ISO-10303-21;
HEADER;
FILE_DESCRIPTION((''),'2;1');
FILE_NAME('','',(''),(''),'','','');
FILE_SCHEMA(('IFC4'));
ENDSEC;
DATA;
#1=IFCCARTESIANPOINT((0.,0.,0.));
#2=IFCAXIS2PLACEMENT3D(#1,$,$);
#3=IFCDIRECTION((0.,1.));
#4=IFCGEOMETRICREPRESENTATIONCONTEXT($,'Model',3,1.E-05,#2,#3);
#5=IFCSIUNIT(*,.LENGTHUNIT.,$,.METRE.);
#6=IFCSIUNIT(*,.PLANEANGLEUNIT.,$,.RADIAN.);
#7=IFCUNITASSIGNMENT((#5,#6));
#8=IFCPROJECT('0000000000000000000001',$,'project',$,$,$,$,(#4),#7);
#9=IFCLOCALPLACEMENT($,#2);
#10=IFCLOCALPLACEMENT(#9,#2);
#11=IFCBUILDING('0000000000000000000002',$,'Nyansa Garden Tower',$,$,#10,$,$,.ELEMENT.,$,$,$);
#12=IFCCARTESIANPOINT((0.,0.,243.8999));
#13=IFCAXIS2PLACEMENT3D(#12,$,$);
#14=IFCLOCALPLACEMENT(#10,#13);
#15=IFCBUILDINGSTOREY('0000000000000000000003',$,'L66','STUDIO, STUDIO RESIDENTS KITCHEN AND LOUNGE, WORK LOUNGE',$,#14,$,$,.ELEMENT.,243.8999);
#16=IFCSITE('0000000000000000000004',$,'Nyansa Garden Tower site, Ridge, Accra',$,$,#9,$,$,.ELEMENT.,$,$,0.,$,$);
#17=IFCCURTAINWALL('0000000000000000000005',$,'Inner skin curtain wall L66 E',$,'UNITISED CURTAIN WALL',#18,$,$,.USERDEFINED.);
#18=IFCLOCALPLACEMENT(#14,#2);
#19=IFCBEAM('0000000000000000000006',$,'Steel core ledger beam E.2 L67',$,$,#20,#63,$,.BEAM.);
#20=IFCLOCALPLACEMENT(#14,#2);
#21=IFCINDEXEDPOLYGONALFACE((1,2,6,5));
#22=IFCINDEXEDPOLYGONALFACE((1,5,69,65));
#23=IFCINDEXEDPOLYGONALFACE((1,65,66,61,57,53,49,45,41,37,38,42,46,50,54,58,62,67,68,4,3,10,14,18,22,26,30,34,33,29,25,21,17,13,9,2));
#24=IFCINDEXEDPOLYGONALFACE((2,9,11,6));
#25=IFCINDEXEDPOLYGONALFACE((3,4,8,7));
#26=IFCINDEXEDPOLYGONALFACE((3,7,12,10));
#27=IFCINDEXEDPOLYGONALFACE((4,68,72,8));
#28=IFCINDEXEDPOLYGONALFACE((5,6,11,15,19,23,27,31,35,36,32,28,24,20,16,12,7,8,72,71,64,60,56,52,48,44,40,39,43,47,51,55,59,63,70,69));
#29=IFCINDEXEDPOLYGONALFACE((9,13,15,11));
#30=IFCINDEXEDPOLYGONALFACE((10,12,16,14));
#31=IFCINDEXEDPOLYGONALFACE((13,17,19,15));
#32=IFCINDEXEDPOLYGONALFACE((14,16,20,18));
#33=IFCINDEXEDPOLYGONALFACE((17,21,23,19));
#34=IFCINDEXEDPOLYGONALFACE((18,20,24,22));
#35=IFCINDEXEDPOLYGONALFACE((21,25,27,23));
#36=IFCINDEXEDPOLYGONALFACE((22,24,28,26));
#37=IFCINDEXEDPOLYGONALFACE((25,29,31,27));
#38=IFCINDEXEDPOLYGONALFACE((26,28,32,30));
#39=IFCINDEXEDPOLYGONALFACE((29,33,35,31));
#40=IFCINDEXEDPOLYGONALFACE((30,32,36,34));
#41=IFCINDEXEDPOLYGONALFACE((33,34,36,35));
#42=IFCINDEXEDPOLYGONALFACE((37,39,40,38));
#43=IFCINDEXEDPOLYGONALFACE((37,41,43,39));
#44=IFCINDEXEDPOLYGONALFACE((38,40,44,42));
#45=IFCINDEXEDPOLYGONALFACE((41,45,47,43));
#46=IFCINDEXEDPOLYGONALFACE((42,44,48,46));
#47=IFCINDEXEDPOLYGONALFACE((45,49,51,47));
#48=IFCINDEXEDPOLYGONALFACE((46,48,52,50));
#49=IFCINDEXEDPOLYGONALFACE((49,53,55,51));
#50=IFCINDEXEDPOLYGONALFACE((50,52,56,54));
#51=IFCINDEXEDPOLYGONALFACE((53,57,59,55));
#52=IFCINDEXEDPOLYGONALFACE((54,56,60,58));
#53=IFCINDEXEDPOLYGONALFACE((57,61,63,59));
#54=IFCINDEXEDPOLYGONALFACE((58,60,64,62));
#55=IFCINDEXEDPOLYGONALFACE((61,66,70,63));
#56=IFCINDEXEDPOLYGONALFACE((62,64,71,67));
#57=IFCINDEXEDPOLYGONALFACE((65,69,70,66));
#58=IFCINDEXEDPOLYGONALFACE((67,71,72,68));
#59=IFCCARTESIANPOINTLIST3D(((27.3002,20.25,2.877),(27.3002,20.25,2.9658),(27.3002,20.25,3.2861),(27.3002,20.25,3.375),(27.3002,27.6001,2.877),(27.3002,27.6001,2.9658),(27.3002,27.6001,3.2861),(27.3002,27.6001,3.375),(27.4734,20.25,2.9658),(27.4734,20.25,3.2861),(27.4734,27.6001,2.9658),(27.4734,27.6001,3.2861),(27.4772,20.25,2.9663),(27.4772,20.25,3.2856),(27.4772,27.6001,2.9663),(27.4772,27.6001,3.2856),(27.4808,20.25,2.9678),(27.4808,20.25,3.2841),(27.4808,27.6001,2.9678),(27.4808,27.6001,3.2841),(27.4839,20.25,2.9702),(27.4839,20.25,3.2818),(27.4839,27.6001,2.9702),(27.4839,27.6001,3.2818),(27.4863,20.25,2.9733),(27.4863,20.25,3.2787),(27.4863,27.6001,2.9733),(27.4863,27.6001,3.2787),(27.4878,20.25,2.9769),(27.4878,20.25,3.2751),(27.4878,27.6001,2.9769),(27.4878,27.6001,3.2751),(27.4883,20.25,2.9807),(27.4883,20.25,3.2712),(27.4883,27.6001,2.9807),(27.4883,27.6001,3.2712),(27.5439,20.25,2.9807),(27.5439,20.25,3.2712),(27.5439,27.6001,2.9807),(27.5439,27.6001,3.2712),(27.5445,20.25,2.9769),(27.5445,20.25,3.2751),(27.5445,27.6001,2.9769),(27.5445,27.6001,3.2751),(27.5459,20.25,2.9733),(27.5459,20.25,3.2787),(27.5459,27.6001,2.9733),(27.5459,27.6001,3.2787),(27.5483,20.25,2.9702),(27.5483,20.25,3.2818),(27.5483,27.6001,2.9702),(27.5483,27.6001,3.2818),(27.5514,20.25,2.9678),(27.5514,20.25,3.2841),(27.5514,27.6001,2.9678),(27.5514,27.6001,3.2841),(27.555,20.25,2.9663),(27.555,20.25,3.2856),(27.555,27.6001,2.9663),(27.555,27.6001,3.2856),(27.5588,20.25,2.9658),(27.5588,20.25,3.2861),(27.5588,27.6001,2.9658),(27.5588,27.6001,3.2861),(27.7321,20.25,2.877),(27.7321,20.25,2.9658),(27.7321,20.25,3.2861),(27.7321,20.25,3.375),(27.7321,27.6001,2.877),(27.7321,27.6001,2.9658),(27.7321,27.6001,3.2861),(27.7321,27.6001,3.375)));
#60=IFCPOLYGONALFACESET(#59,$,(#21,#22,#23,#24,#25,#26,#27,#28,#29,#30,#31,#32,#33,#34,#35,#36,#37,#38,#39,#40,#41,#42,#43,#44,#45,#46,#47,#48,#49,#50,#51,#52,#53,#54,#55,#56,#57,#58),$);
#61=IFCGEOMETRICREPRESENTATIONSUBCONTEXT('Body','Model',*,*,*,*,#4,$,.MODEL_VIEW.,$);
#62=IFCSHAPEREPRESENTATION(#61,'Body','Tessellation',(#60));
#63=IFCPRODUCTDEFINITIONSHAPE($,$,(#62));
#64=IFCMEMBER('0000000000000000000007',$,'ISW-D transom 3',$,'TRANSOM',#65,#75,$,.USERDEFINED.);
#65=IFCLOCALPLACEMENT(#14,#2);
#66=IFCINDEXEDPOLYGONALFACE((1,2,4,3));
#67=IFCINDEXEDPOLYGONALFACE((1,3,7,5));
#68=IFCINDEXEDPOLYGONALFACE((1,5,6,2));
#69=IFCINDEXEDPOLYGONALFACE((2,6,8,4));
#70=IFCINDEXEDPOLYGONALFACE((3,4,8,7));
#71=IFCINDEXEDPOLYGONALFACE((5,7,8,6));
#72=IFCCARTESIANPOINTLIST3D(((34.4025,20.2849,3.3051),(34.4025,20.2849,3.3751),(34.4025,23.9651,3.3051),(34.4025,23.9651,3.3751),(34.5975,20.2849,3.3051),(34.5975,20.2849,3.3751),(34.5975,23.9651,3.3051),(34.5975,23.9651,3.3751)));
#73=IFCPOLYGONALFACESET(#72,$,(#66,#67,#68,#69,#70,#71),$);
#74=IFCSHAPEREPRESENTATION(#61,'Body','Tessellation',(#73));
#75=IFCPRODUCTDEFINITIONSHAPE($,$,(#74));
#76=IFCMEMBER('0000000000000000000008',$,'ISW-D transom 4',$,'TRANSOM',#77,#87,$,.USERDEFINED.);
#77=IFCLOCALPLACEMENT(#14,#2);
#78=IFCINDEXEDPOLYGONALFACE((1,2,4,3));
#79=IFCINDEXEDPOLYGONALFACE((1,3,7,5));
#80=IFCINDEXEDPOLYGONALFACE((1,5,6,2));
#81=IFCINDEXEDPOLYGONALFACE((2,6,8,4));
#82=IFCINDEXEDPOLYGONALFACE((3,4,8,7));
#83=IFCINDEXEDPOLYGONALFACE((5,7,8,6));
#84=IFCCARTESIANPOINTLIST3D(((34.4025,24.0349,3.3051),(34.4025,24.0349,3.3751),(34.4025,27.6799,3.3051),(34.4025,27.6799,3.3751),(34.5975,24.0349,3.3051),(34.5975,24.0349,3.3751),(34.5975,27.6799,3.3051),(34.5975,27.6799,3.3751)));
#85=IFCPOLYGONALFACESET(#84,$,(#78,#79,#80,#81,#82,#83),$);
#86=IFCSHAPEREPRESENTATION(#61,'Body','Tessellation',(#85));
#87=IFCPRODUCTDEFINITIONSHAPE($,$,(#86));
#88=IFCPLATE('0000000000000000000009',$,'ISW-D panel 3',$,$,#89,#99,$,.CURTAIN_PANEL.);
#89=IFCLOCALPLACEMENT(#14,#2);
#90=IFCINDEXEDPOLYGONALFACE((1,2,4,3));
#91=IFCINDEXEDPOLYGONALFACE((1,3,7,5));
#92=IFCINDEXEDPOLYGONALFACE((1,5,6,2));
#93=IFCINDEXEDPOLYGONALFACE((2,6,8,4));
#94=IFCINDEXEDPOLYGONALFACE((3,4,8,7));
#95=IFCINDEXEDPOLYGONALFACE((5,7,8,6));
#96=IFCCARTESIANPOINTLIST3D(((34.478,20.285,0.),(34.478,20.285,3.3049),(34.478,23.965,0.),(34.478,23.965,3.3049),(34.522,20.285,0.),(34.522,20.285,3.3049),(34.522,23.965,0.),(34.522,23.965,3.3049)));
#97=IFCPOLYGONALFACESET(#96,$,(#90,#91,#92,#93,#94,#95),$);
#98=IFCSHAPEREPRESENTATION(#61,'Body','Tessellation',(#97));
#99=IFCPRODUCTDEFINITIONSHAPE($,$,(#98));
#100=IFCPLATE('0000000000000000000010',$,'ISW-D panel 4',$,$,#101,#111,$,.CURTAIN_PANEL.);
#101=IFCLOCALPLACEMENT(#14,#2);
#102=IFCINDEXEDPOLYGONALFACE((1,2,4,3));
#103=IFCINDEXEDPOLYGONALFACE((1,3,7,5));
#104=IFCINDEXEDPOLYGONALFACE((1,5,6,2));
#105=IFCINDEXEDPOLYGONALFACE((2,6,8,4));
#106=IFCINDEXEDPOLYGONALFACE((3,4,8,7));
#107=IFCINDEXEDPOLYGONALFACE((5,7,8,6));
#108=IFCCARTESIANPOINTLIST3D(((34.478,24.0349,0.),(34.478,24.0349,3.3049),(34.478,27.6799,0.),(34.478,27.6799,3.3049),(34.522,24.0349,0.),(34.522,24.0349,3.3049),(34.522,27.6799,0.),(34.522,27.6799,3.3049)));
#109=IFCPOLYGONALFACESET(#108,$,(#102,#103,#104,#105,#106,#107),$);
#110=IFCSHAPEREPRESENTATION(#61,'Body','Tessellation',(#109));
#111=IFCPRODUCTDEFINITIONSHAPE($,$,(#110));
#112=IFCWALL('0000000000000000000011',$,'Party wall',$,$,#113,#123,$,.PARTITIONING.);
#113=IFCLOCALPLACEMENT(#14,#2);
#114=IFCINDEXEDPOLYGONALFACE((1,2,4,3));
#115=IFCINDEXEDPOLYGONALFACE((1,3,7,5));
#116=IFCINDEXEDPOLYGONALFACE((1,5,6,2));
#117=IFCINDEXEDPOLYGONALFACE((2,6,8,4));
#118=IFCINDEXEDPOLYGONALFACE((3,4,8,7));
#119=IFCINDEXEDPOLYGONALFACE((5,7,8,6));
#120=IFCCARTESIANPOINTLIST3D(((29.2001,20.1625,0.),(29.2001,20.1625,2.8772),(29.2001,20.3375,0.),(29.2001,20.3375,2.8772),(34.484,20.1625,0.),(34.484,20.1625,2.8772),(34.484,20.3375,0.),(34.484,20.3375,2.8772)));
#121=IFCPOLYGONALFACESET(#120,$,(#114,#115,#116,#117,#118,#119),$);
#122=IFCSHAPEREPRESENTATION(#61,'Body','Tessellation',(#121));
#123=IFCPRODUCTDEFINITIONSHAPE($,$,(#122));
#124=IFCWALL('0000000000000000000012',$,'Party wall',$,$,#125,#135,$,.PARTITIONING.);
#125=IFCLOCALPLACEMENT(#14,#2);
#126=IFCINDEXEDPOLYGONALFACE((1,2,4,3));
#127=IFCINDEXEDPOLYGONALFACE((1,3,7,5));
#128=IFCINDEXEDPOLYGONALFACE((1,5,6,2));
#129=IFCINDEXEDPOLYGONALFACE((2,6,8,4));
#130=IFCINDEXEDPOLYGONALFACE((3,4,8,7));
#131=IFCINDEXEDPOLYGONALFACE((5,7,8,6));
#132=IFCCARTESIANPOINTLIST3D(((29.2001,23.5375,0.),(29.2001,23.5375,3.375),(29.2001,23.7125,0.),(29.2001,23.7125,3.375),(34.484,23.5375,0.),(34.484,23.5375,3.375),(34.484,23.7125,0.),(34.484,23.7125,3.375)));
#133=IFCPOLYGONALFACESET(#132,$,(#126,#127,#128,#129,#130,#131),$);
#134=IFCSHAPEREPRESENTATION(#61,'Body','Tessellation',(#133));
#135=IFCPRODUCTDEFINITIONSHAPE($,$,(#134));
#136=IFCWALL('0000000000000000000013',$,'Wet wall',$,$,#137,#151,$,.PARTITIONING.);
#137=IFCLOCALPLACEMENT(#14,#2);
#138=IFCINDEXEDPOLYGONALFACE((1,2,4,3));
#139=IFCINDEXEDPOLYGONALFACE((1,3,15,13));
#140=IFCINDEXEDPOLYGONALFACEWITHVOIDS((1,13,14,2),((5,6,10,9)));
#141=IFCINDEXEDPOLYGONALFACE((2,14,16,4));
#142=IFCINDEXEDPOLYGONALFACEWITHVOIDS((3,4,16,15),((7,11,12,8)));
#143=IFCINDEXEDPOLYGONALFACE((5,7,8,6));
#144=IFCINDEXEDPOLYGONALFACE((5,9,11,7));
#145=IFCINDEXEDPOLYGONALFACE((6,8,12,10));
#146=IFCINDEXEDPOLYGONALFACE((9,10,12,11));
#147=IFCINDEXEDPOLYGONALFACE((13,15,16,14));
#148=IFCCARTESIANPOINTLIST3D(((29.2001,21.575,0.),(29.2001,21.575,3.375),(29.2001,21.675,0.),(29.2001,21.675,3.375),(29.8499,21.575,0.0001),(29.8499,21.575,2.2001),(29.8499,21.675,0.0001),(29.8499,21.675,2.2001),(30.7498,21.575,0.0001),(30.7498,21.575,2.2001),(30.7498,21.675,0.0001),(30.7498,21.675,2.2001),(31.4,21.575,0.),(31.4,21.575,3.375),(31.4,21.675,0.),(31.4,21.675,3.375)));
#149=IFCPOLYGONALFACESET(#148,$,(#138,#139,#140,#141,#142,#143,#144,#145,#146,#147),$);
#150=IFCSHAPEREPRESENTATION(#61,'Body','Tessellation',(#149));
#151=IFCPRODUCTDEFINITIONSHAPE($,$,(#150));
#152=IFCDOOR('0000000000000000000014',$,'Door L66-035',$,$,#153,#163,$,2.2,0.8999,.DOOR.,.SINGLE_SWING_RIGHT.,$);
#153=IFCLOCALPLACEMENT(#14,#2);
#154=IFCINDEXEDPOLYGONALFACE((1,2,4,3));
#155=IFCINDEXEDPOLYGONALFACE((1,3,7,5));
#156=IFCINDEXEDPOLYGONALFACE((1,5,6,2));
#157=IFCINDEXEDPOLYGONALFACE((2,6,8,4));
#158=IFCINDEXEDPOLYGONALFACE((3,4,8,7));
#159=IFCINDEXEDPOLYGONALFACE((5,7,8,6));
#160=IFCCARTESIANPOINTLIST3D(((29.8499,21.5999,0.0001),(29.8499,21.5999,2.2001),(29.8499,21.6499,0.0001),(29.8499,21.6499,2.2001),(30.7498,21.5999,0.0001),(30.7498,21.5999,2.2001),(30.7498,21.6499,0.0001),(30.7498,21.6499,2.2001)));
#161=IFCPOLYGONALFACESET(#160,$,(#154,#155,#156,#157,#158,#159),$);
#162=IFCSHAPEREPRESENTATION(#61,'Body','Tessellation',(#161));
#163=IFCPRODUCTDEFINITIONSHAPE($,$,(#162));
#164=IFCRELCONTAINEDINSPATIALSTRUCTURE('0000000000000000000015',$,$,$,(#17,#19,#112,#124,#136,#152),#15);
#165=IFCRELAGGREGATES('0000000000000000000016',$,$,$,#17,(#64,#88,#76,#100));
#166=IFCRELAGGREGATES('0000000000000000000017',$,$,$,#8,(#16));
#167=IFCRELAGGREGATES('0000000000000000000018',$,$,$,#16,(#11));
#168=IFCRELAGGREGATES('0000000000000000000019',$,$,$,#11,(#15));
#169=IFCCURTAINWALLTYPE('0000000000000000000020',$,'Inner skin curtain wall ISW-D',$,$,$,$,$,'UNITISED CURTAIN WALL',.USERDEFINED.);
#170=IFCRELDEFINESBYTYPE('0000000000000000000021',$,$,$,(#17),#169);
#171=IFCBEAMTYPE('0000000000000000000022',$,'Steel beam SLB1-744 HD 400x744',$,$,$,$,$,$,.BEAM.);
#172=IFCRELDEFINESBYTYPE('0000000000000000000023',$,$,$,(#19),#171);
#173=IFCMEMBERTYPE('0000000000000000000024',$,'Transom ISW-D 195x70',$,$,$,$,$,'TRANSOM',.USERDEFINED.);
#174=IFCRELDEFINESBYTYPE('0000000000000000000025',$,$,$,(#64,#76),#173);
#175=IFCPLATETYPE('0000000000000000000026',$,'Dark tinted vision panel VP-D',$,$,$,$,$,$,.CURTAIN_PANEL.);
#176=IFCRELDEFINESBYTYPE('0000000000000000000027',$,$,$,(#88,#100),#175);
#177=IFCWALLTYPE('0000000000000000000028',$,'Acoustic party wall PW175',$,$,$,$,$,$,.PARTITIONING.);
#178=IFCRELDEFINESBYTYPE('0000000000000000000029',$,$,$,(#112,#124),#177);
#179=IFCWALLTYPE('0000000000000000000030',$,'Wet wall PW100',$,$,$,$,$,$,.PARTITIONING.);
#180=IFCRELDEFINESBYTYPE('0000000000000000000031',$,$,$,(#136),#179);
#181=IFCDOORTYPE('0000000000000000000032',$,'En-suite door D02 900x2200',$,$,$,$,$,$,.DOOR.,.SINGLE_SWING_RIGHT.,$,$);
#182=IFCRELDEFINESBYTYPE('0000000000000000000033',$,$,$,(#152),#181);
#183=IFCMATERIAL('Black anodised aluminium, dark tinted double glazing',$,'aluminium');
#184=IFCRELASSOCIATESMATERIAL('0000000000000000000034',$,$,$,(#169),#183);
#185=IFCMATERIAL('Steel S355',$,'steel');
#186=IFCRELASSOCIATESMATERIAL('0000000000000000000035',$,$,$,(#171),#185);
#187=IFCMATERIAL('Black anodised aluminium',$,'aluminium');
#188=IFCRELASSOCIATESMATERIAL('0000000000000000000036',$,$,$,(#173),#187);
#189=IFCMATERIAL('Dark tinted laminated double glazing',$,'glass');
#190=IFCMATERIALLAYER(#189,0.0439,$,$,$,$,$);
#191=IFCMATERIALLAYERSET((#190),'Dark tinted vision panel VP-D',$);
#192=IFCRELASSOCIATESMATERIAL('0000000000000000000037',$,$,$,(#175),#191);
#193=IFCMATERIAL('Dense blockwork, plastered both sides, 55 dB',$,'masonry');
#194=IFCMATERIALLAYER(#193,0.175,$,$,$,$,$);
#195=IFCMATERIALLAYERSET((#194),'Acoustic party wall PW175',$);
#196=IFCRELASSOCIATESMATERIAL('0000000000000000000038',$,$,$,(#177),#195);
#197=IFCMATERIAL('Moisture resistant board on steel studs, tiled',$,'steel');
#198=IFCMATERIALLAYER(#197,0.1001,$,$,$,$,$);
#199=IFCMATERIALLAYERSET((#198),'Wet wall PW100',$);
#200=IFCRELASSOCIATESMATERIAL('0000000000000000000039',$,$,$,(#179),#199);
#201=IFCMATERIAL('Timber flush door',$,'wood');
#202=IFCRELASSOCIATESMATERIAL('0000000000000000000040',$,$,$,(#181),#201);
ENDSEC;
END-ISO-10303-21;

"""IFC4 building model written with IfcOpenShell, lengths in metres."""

from ifc_helpers import new_model, si_unit, direction, frame, frame_2d, origin, origin_2d, place, context, subcontext, project, spatial, rectangle, i_section, extrude, material, layer, layer_set, material_profile, profile_set, type_object, element, fill, aggregate, save


model = new_model("IFC4")

# Units and contexts
model_context = context("Model", 3, precision=1e-05, world=origin(), true_north=direction((0.0, 1.0)))
body_context = subcontext(model_context, "Body", "Model", "MODEL_VIEW")
ifc_project = project(units=[si_unit("LENGTHUNIT", "METRE"), si_unit("PLANEANGLEUNIT", "RADIAN")], contexts=[model_context])

# Site, building, storey
site_placement = place(None, origin())
site = spatial("IfcSite", under=ifc_project, at=site_placement, Name="Nyansa Garden Tower site, Ridge, Accra", CompositionType="ELEMENT", RefElevation=0.0)
building_placement = place(site_placement, origin())
building = spatial("IfcBuilding", under=site, at=building_placement, Name="Nyansa Garden Tower", CompositionType="ELEMENT")
storey_placement = place(building_placement, frame((0.0, 0.0, 243.8999)))
storey = spatial("IfcBuildingStorey", under=building, at=storey_placement, Name="L66", Description="STUDIO, STUDIO RESIDENTS KITCHEN AND LOUNGE, WORK LOUNGE", CompositionType="ELEMENT", Elevation=243.8999)

# Curtain wall
ifc_material_1 = material(Name="Black anodised aluminium, dark tinted double glazing", Category="aluminium")
curtain_wall_type = type_object("IfcCurtainWallType", Name="Inner skin curtain wall ISW-D", ElementType="UNITISED CURTAIN WALL", PredefinedType="USERDEFINED", material=ifc_material_1)
curtain_wall_placement = place(storey_placement, origin())
curtain_wall = element("IfcCurtainWall", 1, at=curtain_wall_placement, inside=storey, type_object=curtain_wall_type, Name="Inner skin curtain wall L66 E", ObjectType="UNITISED CURTAIN WALL", PredefinedType="USERDEFINED")

# Beam
ifc_material_2 = material(Name="Steel S355", Category="steel")
ifc_material_profile_1 = material_profile(ifc_material_2, i_section(OverallWidth=0.4319, OverallDepth=0.498, WebThickness=0.0557, FlangeThickness=0.0889, FilletRadius=0.0149, at=origin_2d()), Name="HD 400x744")
ifc_profile_set_1 = profile_set([ifc_material_profile_1], Name="Steel S355")
beam_type_1 = type_object("IfcBeamType", Name="Steel beam SLB1-744 HD 400x744", PredefinedType="BEAM", material=ifc_profile_set_1)
beam_1_placement = place(storey_placement, frame((27.5161, 20.25, 3.126), z_axis=(0.0, 1.0, 0.0), x_axis=(-1.0, 0.0, 0.0)))
element("IfcBeam", 2, at=beam_1_placement, inside=storey, type_object=beam_type_1, Name="Steel core ledger beam E.2 L67", PredefinedType="BEAM", context=body_context, shape_type="SweptSolid", body=[
    extrude(i_section(OverallWidth=0.4319, OverallDepth=0.498, WebThickness=0.0557, FlangeThickness=0.0889, FilletRadius=0.0149, at=origin_2d()), origin(), (0.0, 0.0, 1.0), 7.3501),
])

# Members
ifc_material_3 = material(Name="Black anodised aluminium", Category="aluminium")
ifc_material_profile_2 = material_profile(ifc_material_3, rectangle(XDim=0.1951, YDim=0.0701, at=origin_2d()), Name="Transom 195x70")
ifc_profile_set_2 = profile_set([ifc_material_profile_2], Name="Black anodised aluminium")
member_type_1 = type_object("IfcMemberType", Name="Transom ISW-D 195x70", ElementType="TRANSOM", PredefinedType="USERDEFINED", material=ifc_profile_set_2)
member_1_placement = place(storey_placement, frame((34.5, 20.2849, 3.3401), z_axis=(0.0, 1.0, 0.0), x_axis=(-1.0, 0.0, 0.0)))
member_1 = element("IfcMember", 3, at=member_1_placement, type_object=member_type_1, Name="ISW-D transom 3", ObjectType="TRANSOM", PredefinedType="USERDEFINED", context=body_context, shape_type="SweptSolid", body=[
    extrude(rectangle(XDim=0.1951, YDim=0.0701, at=origin_2d()), origin(), (0.0, 0.0, 1.0), 3.6802),
])
member_2_placement = place(storey_placement, frame((34.5, 24.0349, 3.3401), z_axis=(0.0, 1.0, 0.0), x_axis=(-1.0, 0.0, 0.0)))
member_2 = element("IfcMember", 4, at=member_2_placement, type_object=member_type_1, Name="ISW-D transom 4", ObjectType="TRANSOM", PredefinedType="USERDEFINED", context=body_context, shape_type="SweptSolid", body=[
    extrude(rectangle(XDim=0.1951, YDim=0.0701, at=origin_2d()), origin(), (0.0, 0.0, 1.0), 3.645),
])

# Plates
ifc_material_4 = material(Name="Dark tinted laminated double glazing", Category="glass")
ifc_layer_1 = layer(ifc_material_4, 0.0439)
ifc_layer_set_1 = layer_set([ifc_layer_1], Name="Dark tinted vision panel VP-D")
plate_type = type_object("IfcPlateType", Name="Dark tinted vision panel VP-D", PredefinedType="CURTAIN_PANEL", material=ifc_layer_set_1)
plate_1_placement = place(storey_placement, frame((34.5, 22.125, 0.0), z_axis=(0.0, 0.0, 1.0), x_axis=(0.0, 1.0, 0.0)))
plate_1 = element("IfcPlate", 5, at=plate_1_placement, type_object=plate_type, Name="ISW-D panel 3", PredefinedType="CURTAIN_PANEL", context=body_context, shape_type="SweptSolid", body=[
    extrude(rectangle(XDim=3.6799, YDim=0.0439, at=origin_2d()), origin(), (0.0, 0.0, 1.0), 3.3049),
])
plate_2_placement = place(storey_placement, frame((34.5, 25.8574, 0.0), z_axis=(0.0, 0.0, 1.0), x_axis=(0.0, 1.0, 0.0)))
plate_2 = element("IfcPlate", 6, at=plate_2_placement, type_object=plate_type, Name="ISW-D panel 4", PredefinedType="CURTAIN_PANEL", context=body_context, shape_type="SweptSolid", body=[
    extrude(rectangle(XDim=3.645, YDim=0.0439, at=origin_2d()), origin(), (0.0, 0.0, 1.0), 3.3049),
])
aggregate(curtain_wall, [member_1, plate_1, member_2, plate_2])

# Walls
ifc_material_5 = material(Name="Dense blockwork, plastered both sides, 55 dB", Category="masonry")
ifc_layer_2 = layer(ifc_material_5, 0.175)
ifc_layer_set_2 = layer_set([ifc_layer_2], Name="Acoustic party wall PW175")
wall_type_1 = type_object("IfcWallType", Name="Acoustic party wall PW175", PredefinedType="PARTITIONING", material=ifc_layer_set_2)
wall_1_placement = place(storey_placement, frame((29.2, 20.25, 0.0), z_axis=(0.0, 0.0, 1.0), x_axis=(1.0, 0.0, 0.0)))
element("IfcWall", 7, at=wall_1_placement, inside=storey, type_object=wall_type_1, Name="Party wall", PredefinedType="PARTITIONING", context=body_context, shape_type="SweptSolid", body=[
    extrude(rectangle(XDim=5.2839, YDim=0.175, at=frame_2d((2.6421, 0.0))), origin(), (0.0, 0.0, 1.0), 2.8772),
])
wall_2_placement = place(storey_placement, frame((29.2, 23.625, 0.0), z_axis=(0.0, 0.0, 1.0), x_axis=(1.0, 0.0, 0.0)))
element("IfcWall", 8, at=wall_2_placement, inside=storey, type_object=wall_type_1, Name="Party wall", PredefinedType="PARTITIONING", context=body_context, shape_type="SweptSolid", body=[
    extrude(rectangle(XDim=5.2839, YDim=0.175, at=frame_2d((2.6421, 0.0))), origin(), (0.0, 0.0, 1.0), 3.375),
])

# Wall, opening, door
ifc_material_6 = material(Name="Moisture resistant board on steel studs, tiled", Category="steel")
ifc_layer_3 = layer(ifc_material_6, 0.1001)
ifc_layer_set_3 = layer_set([ifc_layer_3], Name="Wet wall PW100")
wall_type_2 = type_object("IfcWallType", Name="Wet wall PW100", PredefinedType="PARTITIONING", material=ifc_layer_set_3)
wall_3_placement = place(storey_placement, frame((29.2, 21.625, 0.0), z_axis=(0.0, 0.0, 1.0), x_axis=(1.0, 0.0, 0.0)))
wall_3 = element("IfcWall", 9, at=wall_3_placement, inside=storey, type_object=wall_type_2, Name="Wet wall", PredefinedType="PARTITIONING", context=body_context, shape_type="SweptSolid", body=[
    extrude(rectangle(XDim=2.2, YDim=0.1001, at=frame_2d((1.1001, 0.0))), origin(), (0.0, 0.0, 1.0), 3.375),
])
opening_1_placement = place(wall_3_placement, frame((0.6499, 0.0, 0.0)))
opening_1 = element("IfcOpeningElement", 10, at=opening_1_placement, cuts=wall_3, PredefinedType="OPENING", context=body_context, shape_type="SweptSolid", body=[
    extrude(rectangle(XDim=0.8999, YDim=2.2, at=frame_2d((0.45, 1.1001))), frame((0.0, 0.0601, 0.0), z_axis=(0.0, -1.0, 0.0), x_axis=(1.0, 0.0, 0.0)), (0.0, 0.0, 1.0), 0.1201),
])
ifc_material_7 = material(Name="Timber flush door", Category="wood")
door_type = type_object("IfcDoorType", Name="En-suite door D02 900x2200", OperationType="SINGLE_SWING_RIGHT", PredefinedType="DOOR", material=ifc_material_7)
door_1_placement = place(opening_1_placement, origin())
door_1 = element("IfcDoor", 11, at=door_1_placement, inside=storey, type_object=door_type, Name="Door L66-035", OperationType="SINGLE_SWING_RIGHT", OverallHeight=2.2, OverallWidth=0.8999, PredefinedType="DOOR", context=body_context, shape_type="SweptSolid", body=[
    extrude(rectangle(XDim=0.8999, YDim=2.2, at=frame_2d((0.45, 1.1001))), frame((0.0, 0.0249, 0.0), z_axis=(0.0, -1.0, 0.0), x_axis=(1.0, 0.0, 0.0)), (0.0, 0.0, 1.0), 0.05),
])
fill(opening_1, door_1)

save(model, "model.ifc")
